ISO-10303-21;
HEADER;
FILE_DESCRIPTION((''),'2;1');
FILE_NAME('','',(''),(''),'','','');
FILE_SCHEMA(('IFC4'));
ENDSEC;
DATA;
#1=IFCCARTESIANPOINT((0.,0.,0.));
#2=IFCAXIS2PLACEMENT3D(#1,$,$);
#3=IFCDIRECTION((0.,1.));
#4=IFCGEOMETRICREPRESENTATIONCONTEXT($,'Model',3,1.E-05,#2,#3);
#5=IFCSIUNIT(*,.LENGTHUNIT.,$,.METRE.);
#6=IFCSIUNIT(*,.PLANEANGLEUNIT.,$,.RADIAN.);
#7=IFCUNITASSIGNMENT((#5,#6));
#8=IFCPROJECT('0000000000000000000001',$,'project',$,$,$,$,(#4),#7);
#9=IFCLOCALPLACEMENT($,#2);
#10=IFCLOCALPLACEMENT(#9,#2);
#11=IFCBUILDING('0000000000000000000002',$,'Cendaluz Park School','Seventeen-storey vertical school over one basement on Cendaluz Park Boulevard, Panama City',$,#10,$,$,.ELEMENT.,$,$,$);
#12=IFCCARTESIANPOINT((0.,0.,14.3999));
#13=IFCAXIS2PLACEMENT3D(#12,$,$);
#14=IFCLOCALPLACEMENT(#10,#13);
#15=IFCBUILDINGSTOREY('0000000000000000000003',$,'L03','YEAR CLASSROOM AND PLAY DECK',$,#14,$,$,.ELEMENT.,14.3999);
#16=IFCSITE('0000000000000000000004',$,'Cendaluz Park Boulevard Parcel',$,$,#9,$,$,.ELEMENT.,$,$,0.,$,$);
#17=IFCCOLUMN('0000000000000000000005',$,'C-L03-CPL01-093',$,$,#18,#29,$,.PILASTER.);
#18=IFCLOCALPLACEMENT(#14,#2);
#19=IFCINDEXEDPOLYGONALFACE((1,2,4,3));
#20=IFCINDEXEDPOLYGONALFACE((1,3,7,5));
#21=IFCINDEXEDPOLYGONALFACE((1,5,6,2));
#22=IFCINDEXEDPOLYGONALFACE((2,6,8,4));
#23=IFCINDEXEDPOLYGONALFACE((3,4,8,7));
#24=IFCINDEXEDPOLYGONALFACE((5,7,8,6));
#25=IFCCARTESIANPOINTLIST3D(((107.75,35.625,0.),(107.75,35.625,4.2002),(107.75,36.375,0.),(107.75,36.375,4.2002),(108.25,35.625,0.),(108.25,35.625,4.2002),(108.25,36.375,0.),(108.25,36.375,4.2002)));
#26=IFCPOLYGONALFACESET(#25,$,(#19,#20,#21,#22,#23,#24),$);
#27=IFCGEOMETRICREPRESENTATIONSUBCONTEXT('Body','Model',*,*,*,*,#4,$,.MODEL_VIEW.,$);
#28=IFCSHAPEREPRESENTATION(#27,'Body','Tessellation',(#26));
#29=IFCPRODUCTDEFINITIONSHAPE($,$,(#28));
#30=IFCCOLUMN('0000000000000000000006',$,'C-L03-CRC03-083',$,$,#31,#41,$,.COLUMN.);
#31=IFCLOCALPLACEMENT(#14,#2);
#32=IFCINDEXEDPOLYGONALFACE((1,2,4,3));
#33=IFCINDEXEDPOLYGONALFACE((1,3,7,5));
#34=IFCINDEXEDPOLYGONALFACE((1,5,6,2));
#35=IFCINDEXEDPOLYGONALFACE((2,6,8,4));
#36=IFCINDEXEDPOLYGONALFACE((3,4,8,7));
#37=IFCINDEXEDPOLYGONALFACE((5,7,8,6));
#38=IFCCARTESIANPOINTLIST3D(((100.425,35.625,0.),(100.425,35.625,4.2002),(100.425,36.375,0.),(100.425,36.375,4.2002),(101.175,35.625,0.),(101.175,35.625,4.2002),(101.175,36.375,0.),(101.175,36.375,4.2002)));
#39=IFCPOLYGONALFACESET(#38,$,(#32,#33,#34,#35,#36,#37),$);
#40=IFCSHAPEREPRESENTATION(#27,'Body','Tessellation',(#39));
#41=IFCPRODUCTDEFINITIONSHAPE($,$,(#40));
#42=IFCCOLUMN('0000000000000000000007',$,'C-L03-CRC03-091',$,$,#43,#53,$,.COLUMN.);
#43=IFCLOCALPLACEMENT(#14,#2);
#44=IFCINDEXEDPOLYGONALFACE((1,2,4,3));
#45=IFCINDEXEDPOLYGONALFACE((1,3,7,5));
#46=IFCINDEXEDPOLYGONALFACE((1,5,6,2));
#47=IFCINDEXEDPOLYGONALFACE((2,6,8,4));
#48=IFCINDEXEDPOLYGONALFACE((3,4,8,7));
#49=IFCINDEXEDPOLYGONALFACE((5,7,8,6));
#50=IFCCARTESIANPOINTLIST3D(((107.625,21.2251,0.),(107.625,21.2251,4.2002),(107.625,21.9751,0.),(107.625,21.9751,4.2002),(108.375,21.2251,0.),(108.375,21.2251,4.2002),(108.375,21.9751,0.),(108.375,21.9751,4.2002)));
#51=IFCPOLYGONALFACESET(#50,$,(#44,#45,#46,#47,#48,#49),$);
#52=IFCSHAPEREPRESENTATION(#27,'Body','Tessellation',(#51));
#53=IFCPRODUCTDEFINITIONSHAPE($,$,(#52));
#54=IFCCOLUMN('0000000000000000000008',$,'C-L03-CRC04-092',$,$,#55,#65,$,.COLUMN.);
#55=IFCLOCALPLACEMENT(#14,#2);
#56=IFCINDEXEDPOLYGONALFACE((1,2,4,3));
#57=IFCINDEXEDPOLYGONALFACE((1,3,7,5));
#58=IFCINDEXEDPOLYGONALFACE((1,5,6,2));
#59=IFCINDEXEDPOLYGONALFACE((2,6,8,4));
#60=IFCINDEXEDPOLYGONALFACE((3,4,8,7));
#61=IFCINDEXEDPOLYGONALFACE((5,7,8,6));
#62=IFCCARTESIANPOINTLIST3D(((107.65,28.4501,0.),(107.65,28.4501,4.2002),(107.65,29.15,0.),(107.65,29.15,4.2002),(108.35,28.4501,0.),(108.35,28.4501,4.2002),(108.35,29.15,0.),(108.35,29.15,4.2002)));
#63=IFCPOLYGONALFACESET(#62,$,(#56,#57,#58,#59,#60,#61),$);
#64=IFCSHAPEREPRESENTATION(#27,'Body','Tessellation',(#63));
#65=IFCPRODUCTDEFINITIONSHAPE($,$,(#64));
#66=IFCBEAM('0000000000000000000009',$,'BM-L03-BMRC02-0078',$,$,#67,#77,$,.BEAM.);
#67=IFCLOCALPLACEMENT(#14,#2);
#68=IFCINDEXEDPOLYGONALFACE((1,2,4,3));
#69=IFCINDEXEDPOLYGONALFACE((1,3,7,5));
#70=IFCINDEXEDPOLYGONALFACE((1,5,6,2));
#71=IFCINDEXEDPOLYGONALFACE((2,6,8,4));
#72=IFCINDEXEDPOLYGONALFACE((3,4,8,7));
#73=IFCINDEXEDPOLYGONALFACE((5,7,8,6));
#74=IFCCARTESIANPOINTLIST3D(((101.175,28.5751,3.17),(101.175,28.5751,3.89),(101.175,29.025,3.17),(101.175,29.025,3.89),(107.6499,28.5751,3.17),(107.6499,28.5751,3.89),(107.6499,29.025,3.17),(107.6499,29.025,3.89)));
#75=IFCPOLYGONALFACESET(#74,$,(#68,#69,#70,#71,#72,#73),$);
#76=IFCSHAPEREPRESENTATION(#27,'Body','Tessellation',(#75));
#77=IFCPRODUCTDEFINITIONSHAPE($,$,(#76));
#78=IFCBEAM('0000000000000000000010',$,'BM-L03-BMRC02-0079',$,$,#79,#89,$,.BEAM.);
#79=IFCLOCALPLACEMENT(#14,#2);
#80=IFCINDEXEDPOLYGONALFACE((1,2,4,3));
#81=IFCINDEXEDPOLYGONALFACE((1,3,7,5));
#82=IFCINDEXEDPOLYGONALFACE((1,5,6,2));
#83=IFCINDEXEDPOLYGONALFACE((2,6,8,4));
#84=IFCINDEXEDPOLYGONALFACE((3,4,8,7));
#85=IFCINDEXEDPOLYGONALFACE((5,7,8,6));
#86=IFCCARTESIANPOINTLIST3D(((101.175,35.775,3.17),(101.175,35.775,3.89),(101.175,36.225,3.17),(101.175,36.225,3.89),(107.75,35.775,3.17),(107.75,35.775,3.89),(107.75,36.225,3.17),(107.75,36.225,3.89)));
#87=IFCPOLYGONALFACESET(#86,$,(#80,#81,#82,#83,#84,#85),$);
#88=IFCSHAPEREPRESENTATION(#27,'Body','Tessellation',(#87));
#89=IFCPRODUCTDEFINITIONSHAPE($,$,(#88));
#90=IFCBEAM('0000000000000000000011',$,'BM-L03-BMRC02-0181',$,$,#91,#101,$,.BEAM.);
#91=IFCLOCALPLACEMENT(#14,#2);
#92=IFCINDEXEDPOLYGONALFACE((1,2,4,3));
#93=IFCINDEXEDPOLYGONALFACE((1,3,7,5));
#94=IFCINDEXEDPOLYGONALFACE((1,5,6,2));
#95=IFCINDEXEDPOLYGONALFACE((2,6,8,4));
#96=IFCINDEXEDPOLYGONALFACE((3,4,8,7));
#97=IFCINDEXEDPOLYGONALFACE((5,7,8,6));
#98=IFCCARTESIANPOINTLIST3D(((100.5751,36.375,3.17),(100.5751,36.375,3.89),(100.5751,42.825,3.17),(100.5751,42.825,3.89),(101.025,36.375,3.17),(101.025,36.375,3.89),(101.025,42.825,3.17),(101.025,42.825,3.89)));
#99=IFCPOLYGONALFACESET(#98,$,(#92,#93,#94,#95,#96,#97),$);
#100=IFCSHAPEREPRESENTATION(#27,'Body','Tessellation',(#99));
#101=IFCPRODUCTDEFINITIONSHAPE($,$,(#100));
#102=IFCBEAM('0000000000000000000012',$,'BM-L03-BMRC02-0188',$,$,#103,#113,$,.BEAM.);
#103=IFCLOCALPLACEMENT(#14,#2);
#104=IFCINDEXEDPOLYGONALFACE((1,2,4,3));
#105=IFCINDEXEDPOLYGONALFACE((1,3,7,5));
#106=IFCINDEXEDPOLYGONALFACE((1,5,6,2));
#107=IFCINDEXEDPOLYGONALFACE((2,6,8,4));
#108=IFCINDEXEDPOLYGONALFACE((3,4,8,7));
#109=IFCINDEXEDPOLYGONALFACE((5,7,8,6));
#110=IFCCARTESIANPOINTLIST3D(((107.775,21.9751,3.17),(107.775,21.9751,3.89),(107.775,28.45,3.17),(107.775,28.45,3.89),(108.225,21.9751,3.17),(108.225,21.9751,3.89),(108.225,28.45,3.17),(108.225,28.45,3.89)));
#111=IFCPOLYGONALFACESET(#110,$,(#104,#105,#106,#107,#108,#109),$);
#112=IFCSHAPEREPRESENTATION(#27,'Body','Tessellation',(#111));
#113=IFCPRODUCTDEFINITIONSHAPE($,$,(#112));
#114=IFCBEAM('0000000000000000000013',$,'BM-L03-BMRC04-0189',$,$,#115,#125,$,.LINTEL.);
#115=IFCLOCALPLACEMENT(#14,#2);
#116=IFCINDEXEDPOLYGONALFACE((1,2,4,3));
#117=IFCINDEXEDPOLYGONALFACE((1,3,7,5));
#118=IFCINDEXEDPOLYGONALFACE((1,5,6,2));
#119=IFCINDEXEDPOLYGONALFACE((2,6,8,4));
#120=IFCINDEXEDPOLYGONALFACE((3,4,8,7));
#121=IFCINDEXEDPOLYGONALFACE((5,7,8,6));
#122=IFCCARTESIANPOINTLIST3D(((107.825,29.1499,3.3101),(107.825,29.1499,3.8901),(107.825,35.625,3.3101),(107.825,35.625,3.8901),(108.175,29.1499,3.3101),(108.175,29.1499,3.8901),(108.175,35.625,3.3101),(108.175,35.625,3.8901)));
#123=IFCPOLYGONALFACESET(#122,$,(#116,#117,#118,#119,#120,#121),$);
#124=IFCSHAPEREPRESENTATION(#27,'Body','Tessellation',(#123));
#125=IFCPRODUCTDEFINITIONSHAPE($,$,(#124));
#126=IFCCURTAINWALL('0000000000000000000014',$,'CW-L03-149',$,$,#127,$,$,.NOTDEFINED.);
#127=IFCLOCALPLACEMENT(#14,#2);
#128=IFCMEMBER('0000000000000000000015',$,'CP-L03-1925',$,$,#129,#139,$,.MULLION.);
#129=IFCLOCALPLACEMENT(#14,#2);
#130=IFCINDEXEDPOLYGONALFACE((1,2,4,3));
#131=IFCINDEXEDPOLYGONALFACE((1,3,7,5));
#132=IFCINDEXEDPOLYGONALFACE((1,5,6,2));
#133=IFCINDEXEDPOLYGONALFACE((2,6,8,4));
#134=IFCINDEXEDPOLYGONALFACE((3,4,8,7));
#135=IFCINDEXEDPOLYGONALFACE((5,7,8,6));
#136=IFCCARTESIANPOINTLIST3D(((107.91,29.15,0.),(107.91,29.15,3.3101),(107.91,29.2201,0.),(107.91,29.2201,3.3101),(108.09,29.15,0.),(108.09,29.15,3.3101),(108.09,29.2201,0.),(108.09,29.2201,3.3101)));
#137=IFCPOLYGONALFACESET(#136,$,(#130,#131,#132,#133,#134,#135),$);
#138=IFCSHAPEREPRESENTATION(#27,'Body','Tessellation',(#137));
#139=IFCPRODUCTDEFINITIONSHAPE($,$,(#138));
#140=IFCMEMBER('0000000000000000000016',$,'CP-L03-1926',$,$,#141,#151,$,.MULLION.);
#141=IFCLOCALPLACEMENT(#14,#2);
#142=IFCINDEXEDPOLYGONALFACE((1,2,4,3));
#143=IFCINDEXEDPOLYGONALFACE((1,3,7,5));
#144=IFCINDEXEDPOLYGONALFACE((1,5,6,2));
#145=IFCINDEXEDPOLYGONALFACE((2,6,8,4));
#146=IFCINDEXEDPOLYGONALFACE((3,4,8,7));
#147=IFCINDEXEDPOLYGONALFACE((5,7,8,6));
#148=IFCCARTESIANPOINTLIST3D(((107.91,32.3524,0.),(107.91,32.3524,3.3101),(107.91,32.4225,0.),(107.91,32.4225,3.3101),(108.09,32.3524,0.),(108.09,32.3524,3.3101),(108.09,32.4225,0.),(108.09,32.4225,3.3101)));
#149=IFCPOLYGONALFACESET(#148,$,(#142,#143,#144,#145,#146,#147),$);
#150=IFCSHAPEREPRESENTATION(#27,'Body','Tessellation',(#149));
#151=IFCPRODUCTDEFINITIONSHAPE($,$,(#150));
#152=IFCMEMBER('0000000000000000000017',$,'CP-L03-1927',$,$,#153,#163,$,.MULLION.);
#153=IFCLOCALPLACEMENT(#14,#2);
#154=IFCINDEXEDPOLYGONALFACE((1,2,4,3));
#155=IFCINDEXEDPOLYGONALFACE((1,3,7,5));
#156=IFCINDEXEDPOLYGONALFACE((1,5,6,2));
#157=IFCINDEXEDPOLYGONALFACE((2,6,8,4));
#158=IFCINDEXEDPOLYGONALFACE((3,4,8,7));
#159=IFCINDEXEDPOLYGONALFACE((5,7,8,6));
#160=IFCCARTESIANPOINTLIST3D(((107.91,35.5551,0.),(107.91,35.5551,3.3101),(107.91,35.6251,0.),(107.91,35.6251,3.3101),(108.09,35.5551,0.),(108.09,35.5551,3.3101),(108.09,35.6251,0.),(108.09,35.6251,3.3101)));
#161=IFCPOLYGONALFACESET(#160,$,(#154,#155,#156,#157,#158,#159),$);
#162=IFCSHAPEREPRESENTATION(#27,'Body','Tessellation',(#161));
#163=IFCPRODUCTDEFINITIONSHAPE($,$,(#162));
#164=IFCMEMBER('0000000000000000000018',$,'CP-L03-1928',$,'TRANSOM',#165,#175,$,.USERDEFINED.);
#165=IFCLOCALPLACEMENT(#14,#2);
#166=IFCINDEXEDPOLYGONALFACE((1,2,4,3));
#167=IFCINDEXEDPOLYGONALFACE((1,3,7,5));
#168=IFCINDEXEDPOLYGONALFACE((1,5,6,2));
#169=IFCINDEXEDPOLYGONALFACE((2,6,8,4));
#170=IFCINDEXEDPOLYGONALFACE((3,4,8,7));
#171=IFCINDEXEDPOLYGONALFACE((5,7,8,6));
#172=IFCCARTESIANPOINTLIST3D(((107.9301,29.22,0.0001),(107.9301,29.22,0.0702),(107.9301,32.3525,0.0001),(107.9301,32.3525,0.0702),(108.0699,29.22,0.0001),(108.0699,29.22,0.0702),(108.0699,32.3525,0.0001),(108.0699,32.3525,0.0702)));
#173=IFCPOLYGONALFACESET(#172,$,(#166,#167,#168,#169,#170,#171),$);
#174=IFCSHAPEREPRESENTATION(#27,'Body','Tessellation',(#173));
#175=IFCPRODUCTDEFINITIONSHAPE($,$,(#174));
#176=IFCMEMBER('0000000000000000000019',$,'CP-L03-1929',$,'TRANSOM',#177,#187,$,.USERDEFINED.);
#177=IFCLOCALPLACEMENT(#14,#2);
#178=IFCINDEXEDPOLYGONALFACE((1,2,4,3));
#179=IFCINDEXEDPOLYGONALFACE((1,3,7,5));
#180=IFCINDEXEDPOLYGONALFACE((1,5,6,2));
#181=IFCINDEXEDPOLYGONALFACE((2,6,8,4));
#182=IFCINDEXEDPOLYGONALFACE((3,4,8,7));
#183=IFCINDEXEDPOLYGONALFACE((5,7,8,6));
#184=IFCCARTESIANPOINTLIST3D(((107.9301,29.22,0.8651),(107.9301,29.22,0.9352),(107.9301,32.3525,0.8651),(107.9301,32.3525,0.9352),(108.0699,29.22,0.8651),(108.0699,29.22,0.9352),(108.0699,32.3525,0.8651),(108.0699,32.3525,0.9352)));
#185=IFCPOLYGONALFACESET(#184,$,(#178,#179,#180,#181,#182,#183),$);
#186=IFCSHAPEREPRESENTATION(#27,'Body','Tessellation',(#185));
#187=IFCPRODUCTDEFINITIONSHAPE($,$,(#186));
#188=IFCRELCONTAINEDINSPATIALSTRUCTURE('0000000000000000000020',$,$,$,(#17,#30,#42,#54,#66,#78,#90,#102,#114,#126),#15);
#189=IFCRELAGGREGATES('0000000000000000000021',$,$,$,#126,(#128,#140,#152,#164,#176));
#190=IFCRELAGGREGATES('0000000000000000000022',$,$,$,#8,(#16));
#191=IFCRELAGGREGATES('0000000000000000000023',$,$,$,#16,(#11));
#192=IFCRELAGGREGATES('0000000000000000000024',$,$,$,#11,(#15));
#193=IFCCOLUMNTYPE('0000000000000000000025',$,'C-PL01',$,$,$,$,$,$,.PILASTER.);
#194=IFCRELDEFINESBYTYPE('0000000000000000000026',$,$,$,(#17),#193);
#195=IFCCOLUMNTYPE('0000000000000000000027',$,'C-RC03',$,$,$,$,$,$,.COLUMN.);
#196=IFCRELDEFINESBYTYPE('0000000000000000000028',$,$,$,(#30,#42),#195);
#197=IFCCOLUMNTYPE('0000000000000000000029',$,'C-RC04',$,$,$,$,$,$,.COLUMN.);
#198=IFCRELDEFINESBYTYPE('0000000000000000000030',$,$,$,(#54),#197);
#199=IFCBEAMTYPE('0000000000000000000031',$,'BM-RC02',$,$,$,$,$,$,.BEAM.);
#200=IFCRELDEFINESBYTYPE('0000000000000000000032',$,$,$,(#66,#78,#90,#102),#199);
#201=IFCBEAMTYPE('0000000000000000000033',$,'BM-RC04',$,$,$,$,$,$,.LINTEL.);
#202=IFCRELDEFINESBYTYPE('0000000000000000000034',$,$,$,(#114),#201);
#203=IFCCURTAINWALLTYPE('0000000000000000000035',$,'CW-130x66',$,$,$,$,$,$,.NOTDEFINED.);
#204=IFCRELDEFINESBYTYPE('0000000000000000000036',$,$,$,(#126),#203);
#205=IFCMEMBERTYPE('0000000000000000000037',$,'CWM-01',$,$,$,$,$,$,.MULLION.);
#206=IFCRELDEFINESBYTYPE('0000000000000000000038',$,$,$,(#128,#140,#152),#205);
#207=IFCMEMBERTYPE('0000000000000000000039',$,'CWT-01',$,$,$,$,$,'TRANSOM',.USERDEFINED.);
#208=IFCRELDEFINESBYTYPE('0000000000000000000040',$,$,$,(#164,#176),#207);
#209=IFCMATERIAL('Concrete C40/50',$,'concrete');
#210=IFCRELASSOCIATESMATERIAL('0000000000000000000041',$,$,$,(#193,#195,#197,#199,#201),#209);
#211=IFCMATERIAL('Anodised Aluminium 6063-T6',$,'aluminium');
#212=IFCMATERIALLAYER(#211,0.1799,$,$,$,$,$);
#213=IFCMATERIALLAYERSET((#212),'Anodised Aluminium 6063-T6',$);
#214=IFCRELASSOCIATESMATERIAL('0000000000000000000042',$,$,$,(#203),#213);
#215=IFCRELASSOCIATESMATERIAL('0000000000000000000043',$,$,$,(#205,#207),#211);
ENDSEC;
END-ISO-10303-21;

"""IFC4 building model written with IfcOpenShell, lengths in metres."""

from ifc_helpers import new_model, si_unit, direction, frame, origin, origin_2d, place, context, subcontext, project, spatial, rectangle, extrude, material, layer, layer_set, material_profile, profile_set, type_object, element, aggregate, save


model = new_model("IFC4")

# Units and contexts
model_context = context("Model", 3, precision=1e-05, world=origin(), true_north=direction((0.0, 1.0)))
body_context = subcontext(model_context, "Body", "Model", "MODEL_VIEW")
ifc_project = project(units=[si_unit("LENGTHUNIT", "METRE"), si_unit("PLANEANGLEUNIT", "RADIAN")], contexts=[model_context])

# Site, building, storey
site_placement = place(None, origin())
site = spatial("IfcSite", under=ifc_project, at=site_placement, Name="Cendaluz Park Boulevard Parcel", CompositionType="ELEMENT", RefElevation=0.0)
building_placement = place(site_placement, origin())
building = spatial("IfcBuilding", under=site, at=building_placement, Name="Cendaluz Park School", Description="Seventeen-storey vertical school over one basement on Cendaluz Park Boulevard, Panama City", CompositionType="ELEMENT")
storey_placement = place(building_placement, frame((0.0, 0.0, 14.3999)))
storey = spatial("IfcBuildingStorey", under=building, at=storey_placement, Name="L03", Description="YEAR CLASSROOM AND PLAY DECK", CompositionType="ELEMENT", Elevation=14.3999)

# Columns
ifc_material_1 = material(Name="Concrete C40/50", Category="concrete")
ifc_material_profile_1 = material_profile(ifc_material_1, rectangle(XDim=0.5, YDim=0.75, at=origin_2d()), Name="RC 500x750", Category="concrete")
ifc_profile_set_1 = profile_set([ifc_material_profile_1], Name="Concrete C40/50")
column_type_1 = type_object("IfcColumnType", Name="C-PL01", PredefinedType="PILASTER", material=ifc_profile_set_1)
column_1_placement = place(storey_placement, frame((108.0, 36.0, 0.0), z_axis=(0.0, 0.0, 1.0), x_axis=(1.0, 0.0, 0.0)))
element("IfcColumn", 1, at=column_1_placement, inside=storey, type_object=column_type_1, Name="C-L03-CPL01-093", PredefinedType="PILASTER", context=body_context, shape_type="SweptSolid", body=[
    extrude(rectangle(XDim=0.5, YDim=0.75, at=origin_2d()), origin(), (0.0, 0.0, 1.0), 4.2002),
])
ifc_material_profile_2 = material_profile(ifc_material_1, rectangle(XDim=0.75, YDim=0.75, at=origin_2d()), Name="RC 750x750", Category="concrete")
ifc_profile_set_2 = profile_set([ifc_material_profile_2], Name="Concrete C40/50")
column_type_2 = type_object("IfcColumnType", Name="C-RC03", PredefinedType="COLUMN", material=ifc_profile_set_2)
for number, where, z_axis, x_axis, name in (
    (2, (100.8, 36.0, 0.0), (0.0, 0.0, 1.0), (1.0, 0.0, 0.0), "C-L03-CRC03-083"),
    (3, (108.0, 21.6001, 0.0), (0.0, 0.0, 1.0), (1.0, 0.0, 0.0), "C-L03-CRC03-091"),
):
    element("IfcColumn", number, at=place(storey_placement, frame(where, z_axis=z_axis, x_axis=x_axis)), inside=storey, type_object=column_type_2, Name=name, PredefinedType="COLUMN", context=body_context, shape_type="SweptSolid", body=[
        extrude(rectangle(XDim=0.75, YDim=0.75, at=origin_2d()), origin(), (0.0, 0.0, 1.0), 4.2002),
    ])
ifc_material_profile_3 = material_profile(ifc_material_1, rectangle(XDim=0.7, YDim=0.7, at=origin_2d()), Name="RC 700x700", Category="concrete")
ifc_profile_set_3 = profile_set([ifc_material_profile_3], Name="Concrete C40/50")
column_type_3 = type_object("IfcColumnType", Name="C-RC04", PredefinedType="COLUMN", material=ifc_profile_set_3)
column_2_placement = place(storey_placement, frame((108.0, 28.8, 0.0), z_axis=(0.0, 0.0, 1.0), x_axis=(1.0, 0.0, 0.0)))
element("IfcColumn", 4, at=column_2_placement, inside=storey, type_object=column_type_3, Name="C-L03-CRC04-092", PredefinedType="COLUMN", context=body_context, shape_type="SweptSolid", body=[
    extrude(rectangle(XDim=0.7, YDim=0.7, at=origin_2d()), origin(), (0.0, 0.0, 1.0), 4.2002),
])

# Beams
ifc_material_profile_4 = material_profile(ifc_material_1, rectangle(XDim=0.45, YDim=0.72, at=origin_2d()), Name="RC 450x720", Category="concrete")
ifc_profile_set_4 = profile_set([ifc_material_profile_4], Name="Concrete C40/50")
beam_type_1 = type_object("IfcBeamType", Name="BM-RC02", PredefinedType="BEAM", material=ifc_profile_set_4)
beam_1_placement = place(storey_placement, frame((101.175, 28.8, 3.53), z_axis=(1.0, 0.0, 0.0), x_axis=(0.0, 1.0, 0.0)))
element("IfcBeam", 5, at=beam_1_placement, inside=storey, type_object=beam_type_1, Name="BM-L03-BMRC02-0078", PredefinedType="BEAM", context=body_context, shape_type="SweptSolid", body=[
    extrude(rectangle(XDim=0.45, YDim=0.72, at=origin_2d()), origin(), (0.0, 0.0, 1.0), 6.4749),
])
beam_2_placement = place(storey_placement, frame((101.175, 36.0, 3.53), z_axis=(1.0, 0.0, 0.0), x_axis=(0.0, 1.0, 0.0)))
element("IfcBeam", 6, at=beam_2_placement, inside=storey, type_object=beam_type_1, Name="BM-L03-BMRC02-0079", PredefinedType="BEAM", context=body_context, shape_type="SweptSolid", body=[
    extrude(rectangle(XDim=0.45, YDim=0.72, at=origin_2d()), origin(), (0.0, 0.0, 1.0), 6.575),
])
beam_3_placement = place(storey_placement, frame((100.8, 36.375, 3.53), z_axis=(0.0, 1.0, 0.0), x_axis=(-1.0, 0.0, 0.0)))
element("IfcBeam", 7, at=beam_3_placement, inside=storey, type_object=beam_type_1, Name="BM-L03-BMRC02-0181", PredefinedType="BEAM", context=body_context, shape_type="SweptSolid", body=[
    extrude(rectangle(XDim=0.45, YDim=0.72, at=origin_2d()), origin(), (0.0, 0.0, 1.0), 6.45),
])
beam_4_placement = place(storey_placement, frame((108.0, 21.9751, 3.53), z_axis=(0.0, 1.0, 0.0), x_axis=(-1.0, 0.0, 0.0)))
element("IfcBeam", 8, at=beam_4_placement, inside=storey, type_object=beam_type_1, Name="BM-L03-BMRC02-0188", PredefinedType="BEAM", context=body_context, shape_type="SweptSolid", body=[
    extrude(rectangle(XDim=0.45, YDim=0.72, at=origin_2d()), origin(), (0.0, 0.0, 1.0), 6.4749),
])
ifc_material_profile_5 = material_profile(ifc_material_1, rectangle(XDim=0.3501, YDim=0.5801, at=origin_2d()), Name="RC 350x580", Category="concrete")
ifc_profile_set_5 = profile_set([ifc_material_profile_5], Name="Concrete C40/50")
beam_type_2 = type_object("IfcBeamType", Name="BM-RC04", PredefinedType="LINTEL", material=ifc_profile_set_5)
beam_5_placement = place(storey_placement, frame((108.0, 29.1499, 3.6001), z_axis=(0.0, 1.0, 0.0), x_axis=(-1.0, 0.0, 0.0)))
element("IfcBeam", 9, at=beam_5_placement, inside=storey, type_object=beam_type_2, Name="BM-L03-BMRC04-0189", PredefinedType="LINTEL", context=body_context, shape_type="SweptSolid", body=[
    extrude(rectangle(XDim=0.3501, YDim=0.5801, at=origin_2d()), origin(), (0.0, 0.0, 1.0), 6.4751),
])

# Curtain wall, members
ifc_material_2 = material(Name="Anodised Aluminium 6063-T6", Category="aluminium")
ifc_layer_1 = layer(ifc_material_2, 0.1799)
ifc_layer_set_1 = layer_set([ifc_layer_1], Name="Anodised Aluminium 6063-T6")
curtain_wall_type = type_object("IfcCurtainWallType", Name="CW-130x66", PredefinedType="NOTDEFINED", material=ifc_layer_set_1)
curtain_wall_placement = place(storey_placement, origin())
curtain_wall = element("IfcCurtainWall", 10, at=curtain_wall_placement, inside=storey, type_object=curtain_wall_type, Name="CW-L03-149", PredefinedType="NOTDEFINED")
ifc_material_profile_6 = material_profile(ifc_material_2, rectangle(XDim=0.1799, YDim=0.0701, at=origin_2d()), Name="CWM 180x70", Category="aluminium")
ifc_profile_set_6 = profile_set([ifc_material_profile_6], Name="Anodised Aluminium 6063-T6")
member_type_1 = type_object("IfcMemberType", Name="CWM-01", PredefinedType="MULLION", material=ifc_profile_set_6)
member_1_placement = place(storey_placement, frame((108.0, 29.1851, 0.0), z_axis=(0.0, 0.0, 1.0), x_axis=(-1.0, 0.0, 0.0)))
member_1 = element("IfcMember", 11, at=member_1_placement, type_object=member_type_1, Name="CP-L03-1925", PredefinedType="MULLION", context=body_context, shape_type="SweptSolid", body=[
    extrude(rectangle(XDim=0.1799, YDim=0.0701, at=origin_2d()), origin(), (0.0, 0.0, 1.0), 3.3101),
])
member_2_placement = place(storey_placement, frame((108.0, 32.3875, 0.0), z_axis=(0.0, 0.0, 1.0), x_axis=(-1.0, 0.0, 0.0)))
member_2 = element("IfcMember", 12, at=member_2_placement, type_object=member_type_1, Name="CP-L03-1926", PredefinedType="MULLION", context=body_context, shape_type="SweptSolid", body=[
    extrude(rectangle(XDim=0.1799, YDim=0.0701, at=origin_2d()), origin(), (0.0, 0.0, 1.0), 3.3101),
])
member_3_placement = place(storey_placement, frame((108.0, 35.5901, 0.0), z_axis=(0.0, 0.0, 1.0), x_axis=(-1.0, 0.0, 0.0)))
member_3 = element("IfcMember", 13, at=member_3_placement, type_object=member_type_1, Name="CP-L03-1927", PredefinedType="MULLION", context=body_context, shape_type="SweptSolid", body=[
    extrude(rectangle(XDim=0.1799, YDim=0.0701, at=origin_2d()), origin(), (0.0, 0.0, 1.0), 3.3101),
])
ifc_material_profile_7 = material_profile(ifc_material_2, rectangle(XDim=0.1399, YDim=0.0701, at=origin_2d()), Name="CWT 140x70", Category="aluminium")
ifc_profile_set_7 = profile_set([ifc_material_profile_7], Name="Anodised Aluminium 6063-T6")
member_type_2 = type_object("IfcMemberType", Name="CWT-01", ElementType="TRANSOM", PredefinedType="USERDEFINED", material=ifc_profile_set_7)
member_4_placement = place(storey_placement, frame((108.0, 29.22, 0.0352), z_axis=(0.0, 1.0, 0.0), x_axis=(-1.0, 0.0, 0.0)))
member_4 = element("IfcMember", 14, at=member_4_placement, type_object=member_type_2, Name="CP-L03-1928", ObjectType="TRANSOM", PredefinedType="USERDEFINED", context=body_context, shape_type="SweptSolid", body=[
    extrude(rectangle(XDim=0.1399, YDim=0.0701, at=origin_2d()), origin(), (0.0, 0.0, 1.0), 3.1326),
])
member_5_placement = place(storey_placement, frame((108.0, 29.22, 0.9001), z_axis=(0.0, 1.0, 0.0), x_axis=(-1.0, 0.0, 0.0)))
member_5 = element("IfcMember", 15, at=member_5_placement, type_object=member_type_2, Name="CP-L03-1929", ObjectType="TRANSOM", PredefinedType="USERDEFINED", context=body_context, shape_type="SweptSolid", body=[
    extrude(rectangle(XDim=0.1399, YDim=0.0701, at=origin_2d()), origin(), (0.0, 0.0, 1.0), 3.1326),
])

aggregate(curtain_wall, [member_1, member_2, member_3, member_4, member_5])

save(model, "model.ifc")
